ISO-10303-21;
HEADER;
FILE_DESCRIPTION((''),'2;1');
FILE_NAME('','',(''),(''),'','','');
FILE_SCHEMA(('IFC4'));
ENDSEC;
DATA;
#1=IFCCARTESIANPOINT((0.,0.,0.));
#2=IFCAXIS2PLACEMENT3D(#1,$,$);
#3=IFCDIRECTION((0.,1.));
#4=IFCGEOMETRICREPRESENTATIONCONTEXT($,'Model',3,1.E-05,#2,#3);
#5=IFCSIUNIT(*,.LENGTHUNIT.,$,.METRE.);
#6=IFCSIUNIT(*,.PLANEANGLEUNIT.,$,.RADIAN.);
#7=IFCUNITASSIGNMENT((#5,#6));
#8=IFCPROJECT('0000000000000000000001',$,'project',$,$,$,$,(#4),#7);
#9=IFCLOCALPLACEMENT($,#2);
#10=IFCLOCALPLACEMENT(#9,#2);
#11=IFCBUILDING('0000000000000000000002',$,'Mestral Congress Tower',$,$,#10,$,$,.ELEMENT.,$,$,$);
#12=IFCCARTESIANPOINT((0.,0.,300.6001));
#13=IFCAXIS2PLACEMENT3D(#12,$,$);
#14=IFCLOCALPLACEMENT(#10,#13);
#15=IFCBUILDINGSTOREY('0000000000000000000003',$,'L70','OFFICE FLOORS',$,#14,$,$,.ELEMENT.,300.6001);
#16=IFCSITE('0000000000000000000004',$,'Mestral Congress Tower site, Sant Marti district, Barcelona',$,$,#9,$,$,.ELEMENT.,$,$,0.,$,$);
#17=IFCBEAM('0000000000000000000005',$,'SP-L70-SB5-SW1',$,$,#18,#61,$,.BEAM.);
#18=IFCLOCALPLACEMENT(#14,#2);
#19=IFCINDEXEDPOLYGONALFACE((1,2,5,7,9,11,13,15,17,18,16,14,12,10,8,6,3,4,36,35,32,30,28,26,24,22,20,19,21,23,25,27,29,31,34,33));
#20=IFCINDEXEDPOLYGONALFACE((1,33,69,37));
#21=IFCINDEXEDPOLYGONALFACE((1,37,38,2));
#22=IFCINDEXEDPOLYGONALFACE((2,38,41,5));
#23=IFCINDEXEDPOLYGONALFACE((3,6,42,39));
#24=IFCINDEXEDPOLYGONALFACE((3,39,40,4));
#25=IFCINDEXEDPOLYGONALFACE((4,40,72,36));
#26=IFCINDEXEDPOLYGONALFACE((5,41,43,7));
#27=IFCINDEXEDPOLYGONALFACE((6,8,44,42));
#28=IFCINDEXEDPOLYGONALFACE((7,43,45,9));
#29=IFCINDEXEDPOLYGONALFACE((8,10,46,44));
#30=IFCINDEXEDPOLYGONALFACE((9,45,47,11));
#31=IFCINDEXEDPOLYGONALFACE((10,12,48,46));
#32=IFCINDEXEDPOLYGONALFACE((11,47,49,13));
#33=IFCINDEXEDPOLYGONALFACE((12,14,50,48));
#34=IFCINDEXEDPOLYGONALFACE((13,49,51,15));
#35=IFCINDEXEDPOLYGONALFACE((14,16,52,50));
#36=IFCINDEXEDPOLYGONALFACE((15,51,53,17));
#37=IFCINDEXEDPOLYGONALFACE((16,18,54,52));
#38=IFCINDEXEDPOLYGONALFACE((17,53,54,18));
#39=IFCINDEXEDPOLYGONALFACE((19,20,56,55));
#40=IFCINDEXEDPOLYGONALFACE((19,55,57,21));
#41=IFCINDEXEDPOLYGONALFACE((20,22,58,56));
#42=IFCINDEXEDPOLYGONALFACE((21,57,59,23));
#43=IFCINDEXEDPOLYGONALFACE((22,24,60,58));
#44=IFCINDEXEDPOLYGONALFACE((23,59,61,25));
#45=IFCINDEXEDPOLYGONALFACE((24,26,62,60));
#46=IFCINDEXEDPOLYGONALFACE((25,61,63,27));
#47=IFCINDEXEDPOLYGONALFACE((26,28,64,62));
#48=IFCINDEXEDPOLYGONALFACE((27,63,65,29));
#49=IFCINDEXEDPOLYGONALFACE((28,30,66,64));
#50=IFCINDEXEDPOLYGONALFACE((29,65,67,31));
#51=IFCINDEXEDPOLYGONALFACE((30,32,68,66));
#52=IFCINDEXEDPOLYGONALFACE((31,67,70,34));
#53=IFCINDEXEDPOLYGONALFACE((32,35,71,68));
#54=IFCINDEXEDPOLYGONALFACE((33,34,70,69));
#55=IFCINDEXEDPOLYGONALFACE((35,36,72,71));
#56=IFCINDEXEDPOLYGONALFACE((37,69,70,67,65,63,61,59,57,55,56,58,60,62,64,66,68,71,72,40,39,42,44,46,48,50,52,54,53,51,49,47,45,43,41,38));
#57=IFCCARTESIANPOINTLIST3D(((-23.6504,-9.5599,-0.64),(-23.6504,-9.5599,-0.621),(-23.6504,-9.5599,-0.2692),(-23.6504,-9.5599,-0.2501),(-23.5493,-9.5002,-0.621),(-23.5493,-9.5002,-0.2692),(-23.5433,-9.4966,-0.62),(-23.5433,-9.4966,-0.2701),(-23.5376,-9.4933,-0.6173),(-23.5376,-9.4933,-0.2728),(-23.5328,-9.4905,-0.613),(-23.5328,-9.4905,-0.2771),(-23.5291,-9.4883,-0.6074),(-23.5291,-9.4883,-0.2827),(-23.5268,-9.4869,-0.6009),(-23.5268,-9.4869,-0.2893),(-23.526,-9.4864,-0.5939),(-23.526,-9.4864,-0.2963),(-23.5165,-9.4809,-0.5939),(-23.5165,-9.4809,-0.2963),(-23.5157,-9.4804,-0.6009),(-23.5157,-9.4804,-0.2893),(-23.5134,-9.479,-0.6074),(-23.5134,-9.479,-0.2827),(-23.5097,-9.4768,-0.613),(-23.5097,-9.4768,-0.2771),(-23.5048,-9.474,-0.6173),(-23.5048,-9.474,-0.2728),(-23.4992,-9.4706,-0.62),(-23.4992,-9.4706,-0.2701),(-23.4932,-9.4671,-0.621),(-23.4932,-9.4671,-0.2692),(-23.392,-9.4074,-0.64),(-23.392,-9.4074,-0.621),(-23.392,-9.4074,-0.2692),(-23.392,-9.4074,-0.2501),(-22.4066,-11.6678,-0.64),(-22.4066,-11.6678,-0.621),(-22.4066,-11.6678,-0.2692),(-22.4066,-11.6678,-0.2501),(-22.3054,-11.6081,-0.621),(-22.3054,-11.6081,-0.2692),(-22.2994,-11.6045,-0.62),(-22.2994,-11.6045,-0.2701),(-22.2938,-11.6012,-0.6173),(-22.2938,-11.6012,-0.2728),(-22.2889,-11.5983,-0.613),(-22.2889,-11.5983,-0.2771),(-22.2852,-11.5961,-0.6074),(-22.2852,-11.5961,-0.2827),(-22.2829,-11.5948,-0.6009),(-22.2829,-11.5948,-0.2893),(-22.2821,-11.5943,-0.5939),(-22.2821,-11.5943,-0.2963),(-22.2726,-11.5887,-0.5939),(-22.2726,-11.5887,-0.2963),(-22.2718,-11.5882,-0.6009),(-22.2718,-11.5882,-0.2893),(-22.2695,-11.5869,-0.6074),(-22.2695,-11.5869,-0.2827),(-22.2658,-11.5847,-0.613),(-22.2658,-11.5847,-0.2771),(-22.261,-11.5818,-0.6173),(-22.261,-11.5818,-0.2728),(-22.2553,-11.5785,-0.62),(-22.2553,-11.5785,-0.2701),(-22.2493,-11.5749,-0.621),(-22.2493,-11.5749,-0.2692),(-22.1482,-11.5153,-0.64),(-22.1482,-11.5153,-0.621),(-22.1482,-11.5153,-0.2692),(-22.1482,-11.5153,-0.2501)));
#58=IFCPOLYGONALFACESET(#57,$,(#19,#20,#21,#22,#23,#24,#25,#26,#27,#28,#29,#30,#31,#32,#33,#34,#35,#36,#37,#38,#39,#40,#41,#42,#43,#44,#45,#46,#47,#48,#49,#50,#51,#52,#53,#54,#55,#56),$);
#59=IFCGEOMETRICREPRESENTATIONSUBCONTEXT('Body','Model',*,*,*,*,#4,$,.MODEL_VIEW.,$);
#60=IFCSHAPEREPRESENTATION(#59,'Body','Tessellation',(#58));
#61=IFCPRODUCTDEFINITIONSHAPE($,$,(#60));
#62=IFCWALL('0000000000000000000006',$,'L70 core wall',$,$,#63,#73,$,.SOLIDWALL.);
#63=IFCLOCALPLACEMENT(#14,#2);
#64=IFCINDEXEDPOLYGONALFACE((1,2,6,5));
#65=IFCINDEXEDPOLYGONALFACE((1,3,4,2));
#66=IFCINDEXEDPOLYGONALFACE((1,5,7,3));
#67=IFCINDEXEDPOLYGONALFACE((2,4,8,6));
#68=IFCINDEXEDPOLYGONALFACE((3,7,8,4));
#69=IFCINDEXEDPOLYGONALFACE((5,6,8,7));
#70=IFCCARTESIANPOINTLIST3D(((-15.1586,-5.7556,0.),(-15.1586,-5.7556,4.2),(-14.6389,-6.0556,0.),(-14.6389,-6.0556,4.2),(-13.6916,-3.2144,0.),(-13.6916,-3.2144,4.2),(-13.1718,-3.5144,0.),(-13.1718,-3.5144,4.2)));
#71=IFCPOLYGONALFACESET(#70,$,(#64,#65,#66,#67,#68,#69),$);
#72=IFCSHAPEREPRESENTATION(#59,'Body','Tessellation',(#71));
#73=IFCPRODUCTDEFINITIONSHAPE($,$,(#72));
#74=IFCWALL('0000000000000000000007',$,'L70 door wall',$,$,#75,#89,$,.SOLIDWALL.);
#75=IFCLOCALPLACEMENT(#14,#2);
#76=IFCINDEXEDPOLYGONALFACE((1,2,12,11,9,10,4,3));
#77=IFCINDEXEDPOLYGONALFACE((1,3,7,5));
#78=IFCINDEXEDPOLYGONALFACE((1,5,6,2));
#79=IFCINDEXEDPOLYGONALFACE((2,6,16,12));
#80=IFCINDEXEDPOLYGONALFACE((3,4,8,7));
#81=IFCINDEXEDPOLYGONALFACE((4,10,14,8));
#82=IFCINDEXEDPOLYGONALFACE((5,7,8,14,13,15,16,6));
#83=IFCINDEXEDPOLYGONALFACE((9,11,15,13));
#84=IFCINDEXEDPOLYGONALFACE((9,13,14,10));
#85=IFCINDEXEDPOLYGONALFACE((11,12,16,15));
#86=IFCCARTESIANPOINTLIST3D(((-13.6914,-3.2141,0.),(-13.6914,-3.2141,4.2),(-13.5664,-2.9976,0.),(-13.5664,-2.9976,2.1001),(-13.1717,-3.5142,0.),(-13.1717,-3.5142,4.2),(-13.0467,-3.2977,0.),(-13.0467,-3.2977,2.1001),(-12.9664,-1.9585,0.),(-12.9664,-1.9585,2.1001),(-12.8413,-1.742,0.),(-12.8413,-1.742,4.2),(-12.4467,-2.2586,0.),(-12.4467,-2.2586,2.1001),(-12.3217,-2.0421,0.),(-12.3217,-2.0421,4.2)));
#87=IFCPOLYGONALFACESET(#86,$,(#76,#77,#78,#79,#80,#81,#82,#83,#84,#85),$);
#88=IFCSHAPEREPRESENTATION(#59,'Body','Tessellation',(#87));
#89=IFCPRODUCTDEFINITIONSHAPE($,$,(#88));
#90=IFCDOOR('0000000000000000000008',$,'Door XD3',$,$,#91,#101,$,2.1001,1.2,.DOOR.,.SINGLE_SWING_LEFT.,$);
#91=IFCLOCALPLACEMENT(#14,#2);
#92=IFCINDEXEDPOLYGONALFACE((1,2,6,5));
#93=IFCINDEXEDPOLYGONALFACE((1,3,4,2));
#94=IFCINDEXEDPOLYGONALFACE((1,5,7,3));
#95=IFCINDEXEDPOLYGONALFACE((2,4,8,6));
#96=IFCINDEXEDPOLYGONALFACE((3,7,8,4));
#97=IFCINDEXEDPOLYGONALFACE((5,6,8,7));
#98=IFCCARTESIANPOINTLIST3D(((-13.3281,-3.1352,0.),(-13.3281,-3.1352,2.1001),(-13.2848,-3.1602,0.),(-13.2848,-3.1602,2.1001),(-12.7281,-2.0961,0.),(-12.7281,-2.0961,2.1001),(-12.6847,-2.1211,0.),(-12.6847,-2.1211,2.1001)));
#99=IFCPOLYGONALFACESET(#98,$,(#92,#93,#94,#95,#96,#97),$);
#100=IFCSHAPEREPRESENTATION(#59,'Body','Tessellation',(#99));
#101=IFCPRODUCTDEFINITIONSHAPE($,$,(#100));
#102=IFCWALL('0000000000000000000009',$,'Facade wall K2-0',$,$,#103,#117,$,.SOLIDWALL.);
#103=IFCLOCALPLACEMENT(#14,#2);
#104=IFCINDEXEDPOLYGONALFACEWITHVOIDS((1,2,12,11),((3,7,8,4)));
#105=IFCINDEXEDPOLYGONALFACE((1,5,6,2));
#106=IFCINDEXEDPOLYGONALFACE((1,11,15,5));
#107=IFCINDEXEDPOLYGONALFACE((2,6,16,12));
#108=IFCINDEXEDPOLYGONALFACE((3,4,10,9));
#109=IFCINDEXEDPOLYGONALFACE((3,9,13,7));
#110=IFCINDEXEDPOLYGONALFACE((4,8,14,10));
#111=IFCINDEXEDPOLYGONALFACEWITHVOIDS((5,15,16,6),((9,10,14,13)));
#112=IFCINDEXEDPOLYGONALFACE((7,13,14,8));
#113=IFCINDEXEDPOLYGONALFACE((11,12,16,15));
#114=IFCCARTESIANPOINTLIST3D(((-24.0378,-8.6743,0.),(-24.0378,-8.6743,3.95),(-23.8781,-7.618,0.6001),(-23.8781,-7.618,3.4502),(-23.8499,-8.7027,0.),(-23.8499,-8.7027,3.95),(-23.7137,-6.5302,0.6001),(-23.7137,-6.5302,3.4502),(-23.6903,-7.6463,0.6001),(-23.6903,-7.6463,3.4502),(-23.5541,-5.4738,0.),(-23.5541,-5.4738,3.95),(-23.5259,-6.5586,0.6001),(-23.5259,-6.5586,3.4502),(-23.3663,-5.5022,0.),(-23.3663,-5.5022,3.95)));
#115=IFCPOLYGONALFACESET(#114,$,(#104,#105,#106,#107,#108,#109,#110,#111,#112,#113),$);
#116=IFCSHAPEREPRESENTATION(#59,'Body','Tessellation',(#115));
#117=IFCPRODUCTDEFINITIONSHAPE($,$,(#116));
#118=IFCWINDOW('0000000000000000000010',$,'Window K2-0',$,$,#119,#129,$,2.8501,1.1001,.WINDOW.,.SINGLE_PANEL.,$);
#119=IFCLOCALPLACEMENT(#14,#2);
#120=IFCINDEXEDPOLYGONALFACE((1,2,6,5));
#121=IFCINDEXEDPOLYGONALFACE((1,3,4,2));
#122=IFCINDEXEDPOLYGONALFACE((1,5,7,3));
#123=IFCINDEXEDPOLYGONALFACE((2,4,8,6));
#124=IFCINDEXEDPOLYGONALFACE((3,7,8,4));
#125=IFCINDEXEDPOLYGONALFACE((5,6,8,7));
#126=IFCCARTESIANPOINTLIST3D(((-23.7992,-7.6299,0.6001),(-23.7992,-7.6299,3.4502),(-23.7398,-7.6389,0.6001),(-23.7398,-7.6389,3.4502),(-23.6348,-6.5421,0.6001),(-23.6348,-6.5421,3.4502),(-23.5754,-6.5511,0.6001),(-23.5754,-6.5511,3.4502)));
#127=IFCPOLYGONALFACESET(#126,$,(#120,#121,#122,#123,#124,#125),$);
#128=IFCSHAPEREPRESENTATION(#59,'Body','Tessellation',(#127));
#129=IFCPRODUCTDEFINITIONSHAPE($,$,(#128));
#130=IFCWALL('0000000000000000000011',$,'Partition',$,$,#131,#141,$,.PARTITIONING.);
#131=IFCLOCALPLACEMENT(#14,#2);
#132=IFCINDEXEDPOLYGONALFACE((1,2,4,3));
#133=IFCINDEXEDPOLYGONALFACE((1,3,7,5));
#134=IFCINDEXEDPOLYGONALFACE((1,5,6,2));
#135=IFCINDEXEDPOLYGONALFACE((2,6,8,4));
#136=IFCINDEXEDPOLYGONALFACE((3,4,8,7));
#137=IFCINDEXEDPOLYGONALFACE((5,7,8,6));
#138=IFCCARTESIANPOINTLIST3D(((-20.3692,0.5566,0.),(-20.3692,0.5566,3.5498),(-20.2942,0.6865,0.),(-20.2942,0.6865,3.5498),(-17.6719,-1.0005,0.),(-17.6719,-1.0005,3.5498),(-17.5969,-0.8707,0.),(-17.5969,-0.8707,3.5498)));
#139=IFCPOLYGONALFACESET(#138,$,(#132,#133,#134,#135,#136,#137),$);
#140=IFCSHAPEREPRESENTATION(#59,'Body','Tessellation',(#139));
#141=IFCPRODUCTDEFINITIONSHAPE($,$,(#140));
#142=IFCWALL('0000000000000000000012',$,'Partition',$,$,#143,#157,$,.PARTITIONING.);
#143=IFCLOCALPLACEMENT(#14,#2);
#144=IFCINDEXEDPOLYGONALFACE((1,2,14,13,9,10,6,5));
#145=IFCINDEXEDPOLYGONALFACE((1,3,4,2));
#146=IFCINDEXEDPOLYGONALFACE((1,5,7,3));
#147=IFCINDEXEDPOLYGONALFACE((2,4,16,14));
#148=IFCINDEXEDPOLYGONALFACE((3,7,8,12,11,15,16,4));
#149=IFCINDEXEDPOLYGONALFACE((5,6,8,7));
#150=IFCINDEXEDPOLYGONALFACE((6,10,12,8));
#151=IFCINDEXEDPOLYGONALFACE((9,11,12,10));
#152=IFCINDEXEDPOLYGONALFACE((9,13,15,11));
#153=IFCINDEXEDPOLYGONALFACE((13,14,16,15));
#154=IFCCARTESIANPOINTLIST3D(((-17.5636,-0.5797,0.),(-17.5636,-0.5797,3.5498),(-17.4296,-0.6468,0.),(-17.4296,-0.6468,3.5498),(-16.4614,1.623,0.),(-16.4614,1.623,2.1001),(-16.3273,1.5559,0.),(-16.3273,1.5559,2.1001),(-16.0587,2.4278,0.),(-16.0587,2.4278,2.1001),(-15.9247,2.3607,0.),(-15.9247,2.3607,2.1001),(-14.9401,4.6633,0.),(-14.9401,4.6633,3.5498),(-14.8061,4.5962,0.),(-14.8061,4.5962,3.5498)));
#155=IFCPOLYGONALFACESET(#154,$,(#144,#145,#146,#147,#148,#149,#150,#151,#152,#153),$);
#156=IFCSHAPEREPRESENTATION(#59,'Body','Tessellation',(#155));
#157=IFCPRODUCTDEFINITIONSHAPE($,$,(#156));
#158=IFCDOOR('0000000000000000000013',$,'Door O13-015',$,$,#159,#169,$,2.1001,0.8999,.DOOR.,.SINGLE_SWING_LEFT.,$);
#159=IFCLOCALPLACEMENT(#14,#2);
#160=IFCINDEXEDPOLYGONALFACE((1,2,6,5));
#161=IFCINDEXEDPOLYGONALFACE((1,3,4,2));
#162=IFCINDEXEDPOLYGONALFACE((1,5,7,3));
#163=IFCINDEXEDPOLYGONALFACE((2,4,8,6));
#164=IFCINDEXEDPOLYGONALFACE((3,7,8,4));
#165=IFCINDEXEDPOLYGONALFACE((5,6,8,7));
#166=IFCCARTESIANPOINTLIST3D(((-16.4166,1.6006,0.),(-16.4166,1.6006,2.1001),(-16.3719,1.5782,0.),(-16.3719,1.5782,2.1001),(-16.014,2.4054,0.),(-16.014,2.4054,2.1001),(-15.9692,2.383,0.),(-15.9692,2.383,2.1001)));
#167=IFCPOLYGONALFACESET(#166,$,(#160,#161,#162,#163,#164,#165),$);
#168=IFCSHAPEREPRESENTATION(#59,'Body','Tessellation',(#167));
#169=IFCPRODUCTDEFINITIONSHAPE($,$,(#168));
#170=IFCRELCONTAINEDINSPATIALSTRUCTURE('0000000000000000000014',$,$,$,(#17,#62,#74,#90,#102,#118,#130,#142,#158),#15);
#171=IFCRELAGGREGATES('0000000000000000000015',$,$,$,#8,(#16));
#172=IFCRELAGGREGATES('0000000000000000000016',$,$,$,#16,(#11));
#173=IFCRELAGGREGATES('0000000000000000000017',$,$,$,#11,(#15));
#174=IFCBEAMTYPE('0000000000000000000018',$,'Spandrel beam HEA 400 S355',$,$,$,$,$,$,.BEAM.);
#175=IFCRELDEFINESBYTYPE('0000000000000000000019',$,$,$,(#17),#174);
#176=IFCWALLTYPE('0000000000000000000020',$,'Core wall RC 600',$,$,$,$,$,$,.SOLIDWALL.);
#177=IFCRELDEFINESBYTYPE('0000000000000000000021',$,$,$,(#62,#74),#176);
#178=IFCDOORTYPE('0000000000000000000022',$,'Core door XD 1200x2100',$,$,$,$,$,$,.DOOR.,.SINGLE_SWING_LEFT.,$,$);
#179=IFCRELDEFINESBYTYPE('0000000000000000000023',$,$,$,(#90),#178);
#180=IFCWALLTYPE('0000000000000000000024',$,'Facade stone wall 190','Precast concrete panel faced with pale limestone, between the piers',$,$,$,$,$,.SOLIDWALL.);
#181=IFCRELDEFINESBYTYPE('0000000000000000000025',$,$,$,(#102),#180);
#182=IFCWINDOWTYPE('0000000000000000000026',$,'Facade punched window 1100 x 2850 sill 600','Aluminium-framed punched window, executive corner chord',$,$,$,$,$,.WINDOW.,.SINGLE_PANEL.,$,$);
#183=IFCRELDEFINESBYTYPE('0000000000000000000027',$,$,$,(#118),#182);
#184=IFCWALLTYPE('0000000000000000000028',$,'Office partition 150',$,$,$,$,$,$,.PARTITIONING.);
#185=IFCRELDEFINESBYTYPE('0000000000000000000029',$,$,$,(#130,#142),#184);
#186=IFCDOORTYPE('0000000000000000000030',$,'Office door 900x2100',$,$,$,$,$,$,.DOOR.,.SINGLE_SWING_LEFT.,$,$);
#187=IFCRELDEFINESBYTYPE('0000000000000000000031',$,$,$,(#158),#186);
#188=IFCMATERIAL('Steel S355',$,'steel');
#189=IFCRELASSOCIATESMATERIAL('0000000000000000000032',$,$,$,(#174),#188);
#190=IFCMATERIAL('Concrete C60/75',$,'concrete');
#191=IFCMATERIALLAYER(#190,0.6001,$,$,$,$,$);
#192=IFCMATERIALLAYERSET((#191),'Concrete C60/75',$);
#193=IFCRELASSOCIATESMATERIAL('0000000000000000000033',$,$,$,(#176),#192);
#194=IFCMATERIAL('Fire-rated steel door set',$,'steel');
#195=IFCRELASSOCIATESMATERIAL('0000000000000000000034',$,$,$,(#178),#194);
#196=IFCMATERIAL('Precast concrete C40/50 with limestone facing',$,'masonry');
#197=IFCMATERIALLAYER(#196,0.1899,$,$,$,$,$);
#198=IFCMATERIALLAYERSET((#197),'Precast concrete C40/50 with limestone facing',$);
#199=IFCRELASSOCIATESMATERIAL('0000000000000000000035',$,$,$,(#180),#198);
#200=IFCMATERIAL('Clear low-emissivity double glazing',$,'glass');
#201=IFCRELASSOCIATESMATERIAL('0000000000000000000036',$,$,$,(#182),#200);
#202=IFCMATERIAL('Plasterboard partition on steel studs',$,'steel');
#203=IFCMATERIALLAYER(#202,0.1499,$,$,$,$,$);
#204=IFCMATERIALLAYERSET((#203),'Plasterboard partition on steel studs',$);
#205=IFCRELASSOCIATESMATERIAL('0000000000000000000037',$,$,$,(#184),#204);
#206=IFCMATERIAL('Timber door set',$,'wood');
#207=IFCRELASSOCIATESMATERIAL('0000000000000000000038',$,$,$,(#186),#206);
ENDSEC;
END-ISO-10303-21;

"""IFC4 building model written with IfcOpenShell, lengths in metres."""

from ifc_helpers import new_model, si_unit, direction, frame, frame_2d, origin, origin_2d, place, context, subcontext, project, spatial, rectangle, i_section, extrude, material, layer, layer_set, material_profile, profile_set, type_object, element, fill, save


model = new_model("IFC4")

# Units and contexts
model_context = context("Model", 3, precision=1e-05, world=origin(), true_north=direction((0.0, 1.0)))
body_context = subcontext(model_context, "Body", "Model", "MODEL_VIEW")
ifc_project = project(units=[si_unit("LENGTHUNIT", "METRE"), si_unit("PLANEANGLEUNIT", "RADIAN")], contexts=[model_context])

# Site, building, storey
site_placement = place(None, origin())
site = spatial("IfcSite", under=ifc_project, at=site_placement, Name="Mestral Congress Tower site, Sant Marti district, Barcelona", CompositionType="ELEMENT", RefElevation=0.0)
building_placement = place(site_placement, origin())
building = spatial("IfcBuilding", under=site, at=building_placement, Name="Mestral Congress Tower", CompositionType="ELEMENT")
storey_placement = place(building_placement, frame((0.0, 0.0, 300.6001)))
storey = spatial("IfcBuildingStorey", under=building, at=storey_placement, Name="L70", Description="OFFICE FLOORS", CompositionType="ELEMENT", Elevation=300.6001)

# Shared definitions
ifc_material_1 = material(Name="Concrete C60/75", Category="concrete")

# Beam
ifc_material_2 = material(Name="Steel S355", Category="steel")
ifc_material_profile_1 = material_profile(ifc_material_2, i_section(OverallWidth=0.3, OverallDepth=0.3899, WebThickness=0.011, FlangeThickness=0.019, FilletRadius=0.0271, at=origin_2d()), Name="HEA 400")
ifc_profile_set_1 = profile_set([ifc_material_profile_1], Name="Steel S355")
beam_type_1 = type_object("IfcBeamType", Name="Spandrel beam HEA 400 S355", PredefinedType="BEAM", material=ifc_profile_set_1)
beam_1_placement = place(storey_placement, frame((-23.5212, -9.4836, -0.4451), z_axis=(0.508218, -0.861228, 0.0), x_axis=(0.861228, 0.508218, 0.0)))
element("IfcBeam", 1, at=beam_1_placement, inside=storey, type_object=beam_type_1, Name="SP-L70-SB5-SW1", PredefinedType="BEAM", context=body_context, shape_type="SweptSolid", body=[
    extrude(i_section(OverallWidth=0.3, OverallDepth=0.3899, WebThickness=0.011, FlangeThickness=0.019, FilletRadius=0.0271, at=origin_2d()), origin(), (0.0, 0.0, 1.0), 2.4475),
])

# Wall
ifc_layer_1 = layer(ifc_material_1, 0.6001)
ifc_layer_set_1 = layer_set([ifc_layer_1], Name="Concrete C60/75")
wall_type_1 = type_object("IfcWallType", Name="Core wall RC 600", PredefinedType="SOLIDWALL", material=ifc_layer_set_1)
wall_1_placement = place(storey_placement, frame((-13.4316, -3.3643, 0.0), z_axis=(0.0, 0.0, 1.0), x_axis=(-0.49996, -0.866048, 0.0)))
element("IfcWall", 2, at=wall_1_placement, inside=storey, type_object=wall_type_1, Name="L70 core wall", PredefinedType="SOLIDWALL", context=body_context, shape_type="SweptSolid", body=[
    extrude(rectangle(XDim=2.9343, YDim=0.6001, at=frame_2d((1.4673, 0.0))), origin(), (0.0, 0.0, 1.0), 4.2),
])

# Wall, opening, door
wall_2_placement = place(storey_placement, frame((-13.4316, -3.3643, 0.0), z_axis=(0.0, 0.0, 1.0), x_axis=(0.500062, 0.865989, 0.0)))
wall_2 = element("IfcWall", 3, at=wall_2_placement, inside=storey, type_object=wall_type_1, Name="L70 door wall", PredefinedType="SOLIDWALL", context=body_context, shape_type="SweptSolid", body=[
    extrude(rectangle(XDim=1.7, YDim=0.6001, at=frame_2d((0.8501, 0.0))), origin(), (0.0, 0.0, 1.0), 4.2),
])
opening_1_placement = place(wall_2_placement, frame((0.25, 0.0, 0.0)))
opening_1 = element("IfcOpeningElement", 4, at=opening_1_placement, cuts=wall_2, PredefinedType="OPENING", context=body_context, shape_type="SweptSolid", body=[
    extrude(rectangle(XDim=1.2, YDim=2.1001, at=frame_2d((0.6001, 1.05))), frame((0.0, 0.3101, 0.0), z_axis=(0.0, -1.0, 0.0), x_axis=(1.0, 0.0, 0.0)), (0.0, 0.0, 1.0), 0.6201),
])
ifc_material_3 = material(Name="Fire-rated steel door set", Category="steel")
door_type_1 = type_object("IfcDoorType", Name="Core door XD 1200x2100", OperationType="SINGLE_SWING_LEFT", PredefinedType="DOOR", material=ifc_material_3)
door_1_placement = place(opening_1_placement, origin())
door_1 = element("IfcDoor", 5, at=door_1_placement, inside=storey, type_object=door_type_1, Name="Door XD3", OperationType="SINGLE_SWING_LEFT", OverallHeight=2.1001, OverallWidth=1.2, PredefinedType="DOOR", context=body_context, shape_type="SweptSolid", body=[
    extrude(rectangle(XDim=1.2, YDim=2.1001, at=frame_2d((0.6001, 1.05))), frame((0.0, 0.0249, 0.0), z_axis=(0.0, -1.0, 0.0), x_axis=(1.0, 0.0, 0.0)), (0.0, 0.0, 1.0), 0.05),
])
fill(opening_1, door_1)

# Wall, opening, window
ifc_material_4 = material(Name="Precast concrete C40/50 with limestone facing", Category="masonry")
ifc_layer_2 = layer(ifc_material_4, 0.1899)
ifc_layer_set_2 = layer_set([ifc_layer_2], Name="Precast concrete C40/50 with limestone facing")
wall_type_2 = type_object("IfcWallType", Name="Facade stone wall 190", Description="Precast concrete panel faced with pale limestone, between the piers", PredefinedType="SOLIDWALL", material=ifc_layer_set_2)
wall_3_placement = place(storey_placement, frame((-23.4602, -5.488, 0.0), z_axis=(0.0, 0.0, 1.0), x_axis=(-0.149421, -0.988774, 0.0)))
wall_3 = element("IfcWall", 6, at=wall_3_placement, inside=storey, type_object=wall_type_2, Name="Facade wall K2-0", PredefinedType="SOLIDWALL", context=body_context, shape_type="SweptSolid", body=[
    extrude(rectangle(XDim=3.2368, YDim=0.1899, at=frame_2d((1.6184, 0.0))), origin(), (0.0, 0.0, 1.0), 3.95),
])
opening_2_placement = place(wall_3_placement, frame((1.0684, 0.0, 0.6001)))
opening_2 = element("IfcOpeningElement", 7, at=opening_2_placement, cuts=wall_3, PredefinedType="OPENING", context=body_context, shape_type="SweptSolid", body=[
    extrude(rectangle(XDim=1.1001, YDim=2.8501, at=frame_2d((0.55, 1.425))), frame((0.0, 0.105, 0.0), z_axis=(0.0, -1.0, 0.0), x_axis=(1.0, 0.0, 0.0)), (0.0, 0.0, 1.0), 0.21),
])
ifc_material_5 = material(Name="Clear low-emissivity double glazing", Category="glass")
window_type = type_object("IfcWindowType", Name="Facade punched window 1100 x 2850 sill 600", Description="Aluminium-framed punched window, executive corner chord", PartitioningType="SINGLE_PANEL", PredefinedType="WINDOW", material=ifc_material_5)
window_placement = place(opening_2_placement, origin())
window = element("IfcWindow", 8, at=window_placement, inside=storey, type_object=window_type, Name="Window K2-0", OverallHeight=2.8501, OverallWidth=1.1001, PartitioningType="SINGLE_PANEL", PredefinedType="WINDOW", context=body_context, shape_type="SweptSolid", body=[
    extrude(rectangle(XDim=1.1001, YDim=2.8501, at=frame_2d((0.55, 1.425))), frame((0.0, 0.0449, 0.0), z_axis=(0.0, -1.0, 0.0), x_axis=(1.0, 0.0, 0.0)), (0.0, 0.0, 1.0), 0.0601),
])
fill(opening_2, window)

# Wall
ifc_material_6 = material(Name="Plasterboard partition on steel studs", Category="steel")
ifc_layer_3 = layer(ifc_material_6, 0.1499)
ifc_layer_set_3 = layer_set([ifc_layer_3], Name="Plasterboard partition on steel studs")
wall_type_3 = type_object("IfcWallType", Name="Office partition 150", PredefinedType="PARTITIONING", material=ifc_layer_set_3)
wall_4_placement = place(storey_placement, frame((-17.6345, -0.9355, 0.0), z_axis=(0.0, 0.0, 1.0), x_axis=(-0.866045, 0.499967, 0.0)))
element("IfcWall", 9, at=wall_4_placement, inside=storey, type_object=wall_type_3, Name="Partition", PredefinedType="PARTITIONING", context=body_context, shape_type="SweptSolid", body=[
    extrude(rectangle(XDim=3.1145, YDim=0.1499, at=frame_2d((1.5571, 0.0))), origin(), (0.0, 0.0, 1.0), 3.5498),
])

# Wall, opening, door
wall_5_placement = place(storey_placement, frame((-17.4966, -0.6133, 0.0), z_axis=(0.0, 0.0, 1.0), x_axis=(0.44748, 0.894294, 0.0)))
wall_5 = element("IfcWall", 10, at=wall_5_placement, inside=storey, type_object=wall_type_3, Name="Partition", PredefinedType="PARTITIONING", context=body_context, shape_type="SweptSolid", body=[
    extrude(rectangle(XDim=5.8628, YDim=0.1499, at=frame_2d((2.9314, 0.0))), origin(), (0.0, 0.0, 1.0), 3.5498),
])
opening_3_placement = place(wall_5_placement, frame((2.4631, 0.0, 0.0)))
opening_3 = element("IfcOpeningElement", 11, at=opening_3_placement, cuts=wall_5, PredefinedType="OPENING", context=body_context, shape_type="SweptSolid", body=[
    extrude(rectangle(XDim=0.8999, YDim=2.1001, at=frame_2d((0.45, 1.05))), frame((0.0, 0.085, 0.0), z_axis=(0.0, -1.0, 0.0), x_axis=(1.0, 0.0, 0.0)), (0.0, 0.0, 1.0), 0.1699),
])
ifc_material_7 = material(Name="Timber door set", Category="wood")
door_type_2 = type_object("IfcDoorType", Name="Office door 900x2100", OperationType="SINGLE_SWING_LEFT", PredefinedType="DOOR", material=ifc_material_7)
door_2_placement = place(opening_3_placement, origin())
door_2 = element("IfcDoor", 12, at=door_2_placement, inside=storey, type_object=door_type_2, Name="Door O13-015", OperationType="SINGLE_SWING_LEFT", OverallHeight=2.1001, OverallWidth=0.8999, PredefinedType="DOOR", context=body_context, shape_type="SweptSolid", body=[
    extrude(rectangle(XDim=0.8999, YDim=2.1001, at=frame_2d((0.45, 1.05))), frame((0.0, 0.0249, 0.0), z_axis=(0.0, -1.0, 0.0), x_axis=(1.0, 0.0, 0.0)), (0.0, 0.0, 1.0), 0.05),
])
fill(opening_3, door_2)

save(model, "model.ifc")
